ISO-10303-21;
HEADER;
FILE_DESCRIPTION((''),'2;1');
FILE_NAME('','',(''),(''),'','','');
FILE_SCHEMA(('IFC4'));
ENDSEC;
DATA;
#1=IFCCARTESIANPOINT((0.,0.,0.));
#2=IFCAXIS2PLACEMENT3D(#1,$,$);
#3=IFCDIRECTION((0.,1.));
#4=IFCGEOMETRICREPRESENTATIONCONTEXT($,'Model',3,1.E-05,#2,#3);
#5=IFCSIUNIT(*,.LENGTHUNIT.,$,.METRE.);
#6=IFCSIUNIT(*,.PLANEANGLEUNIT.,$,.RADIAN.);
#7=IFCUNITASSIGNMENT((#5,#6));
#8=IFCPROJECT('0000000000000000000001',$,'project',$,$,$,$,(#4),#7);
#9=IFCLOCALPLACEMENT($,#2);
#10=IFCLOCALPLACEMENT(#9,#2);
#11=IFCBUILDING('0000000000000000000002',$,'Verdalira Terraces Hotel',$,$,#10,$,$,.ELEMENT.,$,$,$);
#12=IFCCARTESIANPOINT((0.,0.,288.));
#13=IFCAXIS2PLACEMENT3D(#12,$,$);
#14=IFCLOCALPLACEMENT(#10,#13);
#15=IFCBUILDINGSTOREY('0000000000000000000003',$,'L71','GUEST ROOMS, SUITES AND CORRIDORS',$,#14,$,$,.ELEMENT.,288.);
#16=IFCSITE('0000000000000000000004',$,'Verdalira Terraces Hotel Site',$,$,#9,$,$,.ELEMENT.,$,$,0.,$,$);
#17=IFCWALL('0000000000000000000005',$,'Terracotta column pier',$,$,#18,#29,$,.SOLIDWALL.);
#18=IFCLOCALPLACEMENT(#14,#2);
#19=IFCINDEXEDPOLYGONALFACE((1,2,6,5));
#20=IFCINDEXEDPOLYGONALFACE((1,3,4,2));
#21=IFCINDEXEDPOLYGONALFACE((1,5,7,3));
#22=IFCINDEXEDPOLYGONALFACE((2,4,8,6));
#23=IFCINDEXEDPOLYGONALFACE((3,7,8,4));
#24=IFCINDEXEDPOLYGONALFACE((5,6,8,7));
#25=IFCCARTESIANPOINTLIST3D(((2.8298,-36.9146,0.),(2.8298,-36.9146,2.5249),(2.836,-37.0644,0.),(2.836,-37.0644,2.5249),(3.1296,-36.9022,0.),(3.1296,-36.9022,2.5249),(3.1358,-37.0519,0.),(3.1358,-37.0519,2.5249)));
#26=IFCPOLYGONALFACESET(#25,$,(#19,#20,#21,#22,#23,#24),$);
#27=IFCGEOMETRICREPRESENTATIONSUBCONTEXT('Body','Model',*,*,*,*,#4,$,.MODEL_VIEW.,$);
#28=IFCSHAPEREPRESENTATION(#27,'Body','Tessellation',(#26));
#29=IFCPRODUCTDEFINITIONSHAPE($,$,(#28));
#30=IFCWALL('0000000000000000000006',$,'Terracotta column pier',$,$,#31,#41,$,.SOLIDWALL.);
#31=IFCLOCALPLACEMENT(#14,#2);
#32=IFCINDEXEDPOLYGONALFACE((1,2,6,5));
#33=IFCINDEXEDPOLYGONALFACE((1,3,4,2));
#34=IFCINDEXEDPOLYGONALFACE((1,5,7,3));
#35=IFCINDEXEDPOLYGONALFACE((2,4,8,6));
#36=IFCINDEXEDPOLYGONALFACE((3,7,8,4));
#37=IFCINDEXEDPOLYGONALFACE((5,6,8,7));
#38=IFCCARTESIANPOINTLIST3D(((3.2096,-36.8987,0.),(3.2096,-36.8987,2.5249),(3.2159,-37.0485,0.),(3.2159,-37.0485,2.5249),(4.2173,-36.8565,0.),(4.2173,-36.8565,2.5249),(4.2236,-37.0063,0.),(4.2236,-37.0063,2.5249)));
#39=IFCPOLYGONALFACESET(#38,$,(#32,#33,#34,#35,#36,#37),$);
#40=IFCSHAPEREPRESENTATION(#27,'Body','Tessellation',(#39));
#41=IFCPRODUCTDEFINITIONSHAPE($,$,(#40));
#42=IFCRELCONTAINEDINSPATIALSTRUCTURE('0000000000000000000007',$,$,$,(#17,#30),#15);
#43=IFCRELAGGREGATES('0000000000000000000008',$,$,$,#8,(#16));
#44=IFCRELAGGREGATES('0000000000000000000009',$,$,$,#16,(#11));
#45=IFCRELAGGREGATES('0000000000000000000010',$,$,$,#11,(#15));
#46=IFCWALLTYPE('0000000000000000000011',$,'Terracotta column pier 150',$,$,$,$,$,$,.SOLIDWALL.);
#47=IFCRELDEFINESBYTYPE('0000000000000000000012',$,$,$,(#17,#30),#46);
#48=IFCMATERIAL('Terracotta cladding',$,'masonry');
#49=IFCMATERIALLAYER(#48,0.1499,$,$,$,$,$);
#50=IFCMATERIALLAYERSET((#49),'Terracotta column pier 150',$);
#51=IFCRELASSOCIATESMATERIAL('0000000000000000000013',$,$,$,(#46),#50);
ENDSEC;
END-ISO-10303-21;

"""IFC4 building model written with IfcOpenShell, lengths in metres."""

from ifc_helpers import new_model, si_unit, direction, frame, frame_2d, origin, place, context, subcontext, project, spatial, rectangle, extrude, material, layer, layer_set, type_object, element, save


model = new_model("IFC4")

# Units and contexts
model_context = context("Model", 3, precision=1e-05, world=origin(), true_north=direction((0.0, 1.0)))
body_context = subcontext(model_context, "Body", "Model", "MODEL_VIEW")
ifc_project = project(units=[si_unit("LENGTHUNIT", "METRE"), si_unit("PLANEANGLEUNIT", "RADIAN")], contexts=[model_context])

# Site, building, storey
site_placement = place(None, origin())
site = spatial("IfcSite", under=ifc_project, at=site_placement, Name="Verdalira Terraces Hotel Site", CompositionType="ELEMENT", RefElevation=0.0)
building_placement = place(site_placement, origin())
building = spatial("IfcBuilding", under=site, at=building_placement, Name="Verdalira Terraces Hotel", CompositionType="ELEMENT")
storey_placement = place(building_placement, frame((0.0, 0.0, 288.0)))
storey = spatial("IfcBuildingStorey", under=building, at=storey_placement, Name="L71", Description="GUEST ROOMS, SUITES AND CORRIDORS", CompositionType="ELEMENT", Elevation=288.0)

# Walls
ifc_material_1 = material(Name="Terracotta cladding", Category="masonry")
ifc_layer_1 = layer(ifc_material_1, 0.1499)
ifc_layer_set_1 = layer_set([ifc_layer_1], Name="Terracotta column pier 150")
wall_type_1 = type_object("IfcWallType", Name="Terracotta column pier 150", PredefinedType="SOLIDWALL", material=ifc_layer_set_1)
wall_1_placement = place(storey_placement, frame((2.833, -36.9895, 0.0), z_axis=(0.0, 0.0, 1.0), x_axis=(0.999139, 0.041495, 0.0)))
element("IfcWall", 1, at=wall_1_placement, inside=storey, type_object=wall_type_1, Name="Terracotta column pier", PredefinedType="SOLIDWALL", context=body_context, shape_type="SweptSolid", body=[
    extrude(rectangle(XDim=0.3, YDim=0.1499, at=frame_2d((0.1499, 0.0))), origin(), (0.0, 0.0, 1.0), 2.5249),
])
wall_2_placement = place(storey_placement, frame((3.2126, -36.9736, 0.0), z_axis=(0.0, 0.0, 1.0), x_axis=(0.999123, 0.041882, 0.0)))
element("IfcWall", 2, at=wall_2_placement, inside=storey, type_object=wall_type_1, Name="Terracotta column pier", PredefinedType="SOLIDWALL", context=body_context, shape_type="SweptSolid", body=[
    extrude(rectangle(XDim=1.0085, YDim=0.1499, at=frame_2d((0.5044, 0.0))), origin(), (0.0, 0.0, 1.0), 2.5249),
])

save(model, "model.ifc")
